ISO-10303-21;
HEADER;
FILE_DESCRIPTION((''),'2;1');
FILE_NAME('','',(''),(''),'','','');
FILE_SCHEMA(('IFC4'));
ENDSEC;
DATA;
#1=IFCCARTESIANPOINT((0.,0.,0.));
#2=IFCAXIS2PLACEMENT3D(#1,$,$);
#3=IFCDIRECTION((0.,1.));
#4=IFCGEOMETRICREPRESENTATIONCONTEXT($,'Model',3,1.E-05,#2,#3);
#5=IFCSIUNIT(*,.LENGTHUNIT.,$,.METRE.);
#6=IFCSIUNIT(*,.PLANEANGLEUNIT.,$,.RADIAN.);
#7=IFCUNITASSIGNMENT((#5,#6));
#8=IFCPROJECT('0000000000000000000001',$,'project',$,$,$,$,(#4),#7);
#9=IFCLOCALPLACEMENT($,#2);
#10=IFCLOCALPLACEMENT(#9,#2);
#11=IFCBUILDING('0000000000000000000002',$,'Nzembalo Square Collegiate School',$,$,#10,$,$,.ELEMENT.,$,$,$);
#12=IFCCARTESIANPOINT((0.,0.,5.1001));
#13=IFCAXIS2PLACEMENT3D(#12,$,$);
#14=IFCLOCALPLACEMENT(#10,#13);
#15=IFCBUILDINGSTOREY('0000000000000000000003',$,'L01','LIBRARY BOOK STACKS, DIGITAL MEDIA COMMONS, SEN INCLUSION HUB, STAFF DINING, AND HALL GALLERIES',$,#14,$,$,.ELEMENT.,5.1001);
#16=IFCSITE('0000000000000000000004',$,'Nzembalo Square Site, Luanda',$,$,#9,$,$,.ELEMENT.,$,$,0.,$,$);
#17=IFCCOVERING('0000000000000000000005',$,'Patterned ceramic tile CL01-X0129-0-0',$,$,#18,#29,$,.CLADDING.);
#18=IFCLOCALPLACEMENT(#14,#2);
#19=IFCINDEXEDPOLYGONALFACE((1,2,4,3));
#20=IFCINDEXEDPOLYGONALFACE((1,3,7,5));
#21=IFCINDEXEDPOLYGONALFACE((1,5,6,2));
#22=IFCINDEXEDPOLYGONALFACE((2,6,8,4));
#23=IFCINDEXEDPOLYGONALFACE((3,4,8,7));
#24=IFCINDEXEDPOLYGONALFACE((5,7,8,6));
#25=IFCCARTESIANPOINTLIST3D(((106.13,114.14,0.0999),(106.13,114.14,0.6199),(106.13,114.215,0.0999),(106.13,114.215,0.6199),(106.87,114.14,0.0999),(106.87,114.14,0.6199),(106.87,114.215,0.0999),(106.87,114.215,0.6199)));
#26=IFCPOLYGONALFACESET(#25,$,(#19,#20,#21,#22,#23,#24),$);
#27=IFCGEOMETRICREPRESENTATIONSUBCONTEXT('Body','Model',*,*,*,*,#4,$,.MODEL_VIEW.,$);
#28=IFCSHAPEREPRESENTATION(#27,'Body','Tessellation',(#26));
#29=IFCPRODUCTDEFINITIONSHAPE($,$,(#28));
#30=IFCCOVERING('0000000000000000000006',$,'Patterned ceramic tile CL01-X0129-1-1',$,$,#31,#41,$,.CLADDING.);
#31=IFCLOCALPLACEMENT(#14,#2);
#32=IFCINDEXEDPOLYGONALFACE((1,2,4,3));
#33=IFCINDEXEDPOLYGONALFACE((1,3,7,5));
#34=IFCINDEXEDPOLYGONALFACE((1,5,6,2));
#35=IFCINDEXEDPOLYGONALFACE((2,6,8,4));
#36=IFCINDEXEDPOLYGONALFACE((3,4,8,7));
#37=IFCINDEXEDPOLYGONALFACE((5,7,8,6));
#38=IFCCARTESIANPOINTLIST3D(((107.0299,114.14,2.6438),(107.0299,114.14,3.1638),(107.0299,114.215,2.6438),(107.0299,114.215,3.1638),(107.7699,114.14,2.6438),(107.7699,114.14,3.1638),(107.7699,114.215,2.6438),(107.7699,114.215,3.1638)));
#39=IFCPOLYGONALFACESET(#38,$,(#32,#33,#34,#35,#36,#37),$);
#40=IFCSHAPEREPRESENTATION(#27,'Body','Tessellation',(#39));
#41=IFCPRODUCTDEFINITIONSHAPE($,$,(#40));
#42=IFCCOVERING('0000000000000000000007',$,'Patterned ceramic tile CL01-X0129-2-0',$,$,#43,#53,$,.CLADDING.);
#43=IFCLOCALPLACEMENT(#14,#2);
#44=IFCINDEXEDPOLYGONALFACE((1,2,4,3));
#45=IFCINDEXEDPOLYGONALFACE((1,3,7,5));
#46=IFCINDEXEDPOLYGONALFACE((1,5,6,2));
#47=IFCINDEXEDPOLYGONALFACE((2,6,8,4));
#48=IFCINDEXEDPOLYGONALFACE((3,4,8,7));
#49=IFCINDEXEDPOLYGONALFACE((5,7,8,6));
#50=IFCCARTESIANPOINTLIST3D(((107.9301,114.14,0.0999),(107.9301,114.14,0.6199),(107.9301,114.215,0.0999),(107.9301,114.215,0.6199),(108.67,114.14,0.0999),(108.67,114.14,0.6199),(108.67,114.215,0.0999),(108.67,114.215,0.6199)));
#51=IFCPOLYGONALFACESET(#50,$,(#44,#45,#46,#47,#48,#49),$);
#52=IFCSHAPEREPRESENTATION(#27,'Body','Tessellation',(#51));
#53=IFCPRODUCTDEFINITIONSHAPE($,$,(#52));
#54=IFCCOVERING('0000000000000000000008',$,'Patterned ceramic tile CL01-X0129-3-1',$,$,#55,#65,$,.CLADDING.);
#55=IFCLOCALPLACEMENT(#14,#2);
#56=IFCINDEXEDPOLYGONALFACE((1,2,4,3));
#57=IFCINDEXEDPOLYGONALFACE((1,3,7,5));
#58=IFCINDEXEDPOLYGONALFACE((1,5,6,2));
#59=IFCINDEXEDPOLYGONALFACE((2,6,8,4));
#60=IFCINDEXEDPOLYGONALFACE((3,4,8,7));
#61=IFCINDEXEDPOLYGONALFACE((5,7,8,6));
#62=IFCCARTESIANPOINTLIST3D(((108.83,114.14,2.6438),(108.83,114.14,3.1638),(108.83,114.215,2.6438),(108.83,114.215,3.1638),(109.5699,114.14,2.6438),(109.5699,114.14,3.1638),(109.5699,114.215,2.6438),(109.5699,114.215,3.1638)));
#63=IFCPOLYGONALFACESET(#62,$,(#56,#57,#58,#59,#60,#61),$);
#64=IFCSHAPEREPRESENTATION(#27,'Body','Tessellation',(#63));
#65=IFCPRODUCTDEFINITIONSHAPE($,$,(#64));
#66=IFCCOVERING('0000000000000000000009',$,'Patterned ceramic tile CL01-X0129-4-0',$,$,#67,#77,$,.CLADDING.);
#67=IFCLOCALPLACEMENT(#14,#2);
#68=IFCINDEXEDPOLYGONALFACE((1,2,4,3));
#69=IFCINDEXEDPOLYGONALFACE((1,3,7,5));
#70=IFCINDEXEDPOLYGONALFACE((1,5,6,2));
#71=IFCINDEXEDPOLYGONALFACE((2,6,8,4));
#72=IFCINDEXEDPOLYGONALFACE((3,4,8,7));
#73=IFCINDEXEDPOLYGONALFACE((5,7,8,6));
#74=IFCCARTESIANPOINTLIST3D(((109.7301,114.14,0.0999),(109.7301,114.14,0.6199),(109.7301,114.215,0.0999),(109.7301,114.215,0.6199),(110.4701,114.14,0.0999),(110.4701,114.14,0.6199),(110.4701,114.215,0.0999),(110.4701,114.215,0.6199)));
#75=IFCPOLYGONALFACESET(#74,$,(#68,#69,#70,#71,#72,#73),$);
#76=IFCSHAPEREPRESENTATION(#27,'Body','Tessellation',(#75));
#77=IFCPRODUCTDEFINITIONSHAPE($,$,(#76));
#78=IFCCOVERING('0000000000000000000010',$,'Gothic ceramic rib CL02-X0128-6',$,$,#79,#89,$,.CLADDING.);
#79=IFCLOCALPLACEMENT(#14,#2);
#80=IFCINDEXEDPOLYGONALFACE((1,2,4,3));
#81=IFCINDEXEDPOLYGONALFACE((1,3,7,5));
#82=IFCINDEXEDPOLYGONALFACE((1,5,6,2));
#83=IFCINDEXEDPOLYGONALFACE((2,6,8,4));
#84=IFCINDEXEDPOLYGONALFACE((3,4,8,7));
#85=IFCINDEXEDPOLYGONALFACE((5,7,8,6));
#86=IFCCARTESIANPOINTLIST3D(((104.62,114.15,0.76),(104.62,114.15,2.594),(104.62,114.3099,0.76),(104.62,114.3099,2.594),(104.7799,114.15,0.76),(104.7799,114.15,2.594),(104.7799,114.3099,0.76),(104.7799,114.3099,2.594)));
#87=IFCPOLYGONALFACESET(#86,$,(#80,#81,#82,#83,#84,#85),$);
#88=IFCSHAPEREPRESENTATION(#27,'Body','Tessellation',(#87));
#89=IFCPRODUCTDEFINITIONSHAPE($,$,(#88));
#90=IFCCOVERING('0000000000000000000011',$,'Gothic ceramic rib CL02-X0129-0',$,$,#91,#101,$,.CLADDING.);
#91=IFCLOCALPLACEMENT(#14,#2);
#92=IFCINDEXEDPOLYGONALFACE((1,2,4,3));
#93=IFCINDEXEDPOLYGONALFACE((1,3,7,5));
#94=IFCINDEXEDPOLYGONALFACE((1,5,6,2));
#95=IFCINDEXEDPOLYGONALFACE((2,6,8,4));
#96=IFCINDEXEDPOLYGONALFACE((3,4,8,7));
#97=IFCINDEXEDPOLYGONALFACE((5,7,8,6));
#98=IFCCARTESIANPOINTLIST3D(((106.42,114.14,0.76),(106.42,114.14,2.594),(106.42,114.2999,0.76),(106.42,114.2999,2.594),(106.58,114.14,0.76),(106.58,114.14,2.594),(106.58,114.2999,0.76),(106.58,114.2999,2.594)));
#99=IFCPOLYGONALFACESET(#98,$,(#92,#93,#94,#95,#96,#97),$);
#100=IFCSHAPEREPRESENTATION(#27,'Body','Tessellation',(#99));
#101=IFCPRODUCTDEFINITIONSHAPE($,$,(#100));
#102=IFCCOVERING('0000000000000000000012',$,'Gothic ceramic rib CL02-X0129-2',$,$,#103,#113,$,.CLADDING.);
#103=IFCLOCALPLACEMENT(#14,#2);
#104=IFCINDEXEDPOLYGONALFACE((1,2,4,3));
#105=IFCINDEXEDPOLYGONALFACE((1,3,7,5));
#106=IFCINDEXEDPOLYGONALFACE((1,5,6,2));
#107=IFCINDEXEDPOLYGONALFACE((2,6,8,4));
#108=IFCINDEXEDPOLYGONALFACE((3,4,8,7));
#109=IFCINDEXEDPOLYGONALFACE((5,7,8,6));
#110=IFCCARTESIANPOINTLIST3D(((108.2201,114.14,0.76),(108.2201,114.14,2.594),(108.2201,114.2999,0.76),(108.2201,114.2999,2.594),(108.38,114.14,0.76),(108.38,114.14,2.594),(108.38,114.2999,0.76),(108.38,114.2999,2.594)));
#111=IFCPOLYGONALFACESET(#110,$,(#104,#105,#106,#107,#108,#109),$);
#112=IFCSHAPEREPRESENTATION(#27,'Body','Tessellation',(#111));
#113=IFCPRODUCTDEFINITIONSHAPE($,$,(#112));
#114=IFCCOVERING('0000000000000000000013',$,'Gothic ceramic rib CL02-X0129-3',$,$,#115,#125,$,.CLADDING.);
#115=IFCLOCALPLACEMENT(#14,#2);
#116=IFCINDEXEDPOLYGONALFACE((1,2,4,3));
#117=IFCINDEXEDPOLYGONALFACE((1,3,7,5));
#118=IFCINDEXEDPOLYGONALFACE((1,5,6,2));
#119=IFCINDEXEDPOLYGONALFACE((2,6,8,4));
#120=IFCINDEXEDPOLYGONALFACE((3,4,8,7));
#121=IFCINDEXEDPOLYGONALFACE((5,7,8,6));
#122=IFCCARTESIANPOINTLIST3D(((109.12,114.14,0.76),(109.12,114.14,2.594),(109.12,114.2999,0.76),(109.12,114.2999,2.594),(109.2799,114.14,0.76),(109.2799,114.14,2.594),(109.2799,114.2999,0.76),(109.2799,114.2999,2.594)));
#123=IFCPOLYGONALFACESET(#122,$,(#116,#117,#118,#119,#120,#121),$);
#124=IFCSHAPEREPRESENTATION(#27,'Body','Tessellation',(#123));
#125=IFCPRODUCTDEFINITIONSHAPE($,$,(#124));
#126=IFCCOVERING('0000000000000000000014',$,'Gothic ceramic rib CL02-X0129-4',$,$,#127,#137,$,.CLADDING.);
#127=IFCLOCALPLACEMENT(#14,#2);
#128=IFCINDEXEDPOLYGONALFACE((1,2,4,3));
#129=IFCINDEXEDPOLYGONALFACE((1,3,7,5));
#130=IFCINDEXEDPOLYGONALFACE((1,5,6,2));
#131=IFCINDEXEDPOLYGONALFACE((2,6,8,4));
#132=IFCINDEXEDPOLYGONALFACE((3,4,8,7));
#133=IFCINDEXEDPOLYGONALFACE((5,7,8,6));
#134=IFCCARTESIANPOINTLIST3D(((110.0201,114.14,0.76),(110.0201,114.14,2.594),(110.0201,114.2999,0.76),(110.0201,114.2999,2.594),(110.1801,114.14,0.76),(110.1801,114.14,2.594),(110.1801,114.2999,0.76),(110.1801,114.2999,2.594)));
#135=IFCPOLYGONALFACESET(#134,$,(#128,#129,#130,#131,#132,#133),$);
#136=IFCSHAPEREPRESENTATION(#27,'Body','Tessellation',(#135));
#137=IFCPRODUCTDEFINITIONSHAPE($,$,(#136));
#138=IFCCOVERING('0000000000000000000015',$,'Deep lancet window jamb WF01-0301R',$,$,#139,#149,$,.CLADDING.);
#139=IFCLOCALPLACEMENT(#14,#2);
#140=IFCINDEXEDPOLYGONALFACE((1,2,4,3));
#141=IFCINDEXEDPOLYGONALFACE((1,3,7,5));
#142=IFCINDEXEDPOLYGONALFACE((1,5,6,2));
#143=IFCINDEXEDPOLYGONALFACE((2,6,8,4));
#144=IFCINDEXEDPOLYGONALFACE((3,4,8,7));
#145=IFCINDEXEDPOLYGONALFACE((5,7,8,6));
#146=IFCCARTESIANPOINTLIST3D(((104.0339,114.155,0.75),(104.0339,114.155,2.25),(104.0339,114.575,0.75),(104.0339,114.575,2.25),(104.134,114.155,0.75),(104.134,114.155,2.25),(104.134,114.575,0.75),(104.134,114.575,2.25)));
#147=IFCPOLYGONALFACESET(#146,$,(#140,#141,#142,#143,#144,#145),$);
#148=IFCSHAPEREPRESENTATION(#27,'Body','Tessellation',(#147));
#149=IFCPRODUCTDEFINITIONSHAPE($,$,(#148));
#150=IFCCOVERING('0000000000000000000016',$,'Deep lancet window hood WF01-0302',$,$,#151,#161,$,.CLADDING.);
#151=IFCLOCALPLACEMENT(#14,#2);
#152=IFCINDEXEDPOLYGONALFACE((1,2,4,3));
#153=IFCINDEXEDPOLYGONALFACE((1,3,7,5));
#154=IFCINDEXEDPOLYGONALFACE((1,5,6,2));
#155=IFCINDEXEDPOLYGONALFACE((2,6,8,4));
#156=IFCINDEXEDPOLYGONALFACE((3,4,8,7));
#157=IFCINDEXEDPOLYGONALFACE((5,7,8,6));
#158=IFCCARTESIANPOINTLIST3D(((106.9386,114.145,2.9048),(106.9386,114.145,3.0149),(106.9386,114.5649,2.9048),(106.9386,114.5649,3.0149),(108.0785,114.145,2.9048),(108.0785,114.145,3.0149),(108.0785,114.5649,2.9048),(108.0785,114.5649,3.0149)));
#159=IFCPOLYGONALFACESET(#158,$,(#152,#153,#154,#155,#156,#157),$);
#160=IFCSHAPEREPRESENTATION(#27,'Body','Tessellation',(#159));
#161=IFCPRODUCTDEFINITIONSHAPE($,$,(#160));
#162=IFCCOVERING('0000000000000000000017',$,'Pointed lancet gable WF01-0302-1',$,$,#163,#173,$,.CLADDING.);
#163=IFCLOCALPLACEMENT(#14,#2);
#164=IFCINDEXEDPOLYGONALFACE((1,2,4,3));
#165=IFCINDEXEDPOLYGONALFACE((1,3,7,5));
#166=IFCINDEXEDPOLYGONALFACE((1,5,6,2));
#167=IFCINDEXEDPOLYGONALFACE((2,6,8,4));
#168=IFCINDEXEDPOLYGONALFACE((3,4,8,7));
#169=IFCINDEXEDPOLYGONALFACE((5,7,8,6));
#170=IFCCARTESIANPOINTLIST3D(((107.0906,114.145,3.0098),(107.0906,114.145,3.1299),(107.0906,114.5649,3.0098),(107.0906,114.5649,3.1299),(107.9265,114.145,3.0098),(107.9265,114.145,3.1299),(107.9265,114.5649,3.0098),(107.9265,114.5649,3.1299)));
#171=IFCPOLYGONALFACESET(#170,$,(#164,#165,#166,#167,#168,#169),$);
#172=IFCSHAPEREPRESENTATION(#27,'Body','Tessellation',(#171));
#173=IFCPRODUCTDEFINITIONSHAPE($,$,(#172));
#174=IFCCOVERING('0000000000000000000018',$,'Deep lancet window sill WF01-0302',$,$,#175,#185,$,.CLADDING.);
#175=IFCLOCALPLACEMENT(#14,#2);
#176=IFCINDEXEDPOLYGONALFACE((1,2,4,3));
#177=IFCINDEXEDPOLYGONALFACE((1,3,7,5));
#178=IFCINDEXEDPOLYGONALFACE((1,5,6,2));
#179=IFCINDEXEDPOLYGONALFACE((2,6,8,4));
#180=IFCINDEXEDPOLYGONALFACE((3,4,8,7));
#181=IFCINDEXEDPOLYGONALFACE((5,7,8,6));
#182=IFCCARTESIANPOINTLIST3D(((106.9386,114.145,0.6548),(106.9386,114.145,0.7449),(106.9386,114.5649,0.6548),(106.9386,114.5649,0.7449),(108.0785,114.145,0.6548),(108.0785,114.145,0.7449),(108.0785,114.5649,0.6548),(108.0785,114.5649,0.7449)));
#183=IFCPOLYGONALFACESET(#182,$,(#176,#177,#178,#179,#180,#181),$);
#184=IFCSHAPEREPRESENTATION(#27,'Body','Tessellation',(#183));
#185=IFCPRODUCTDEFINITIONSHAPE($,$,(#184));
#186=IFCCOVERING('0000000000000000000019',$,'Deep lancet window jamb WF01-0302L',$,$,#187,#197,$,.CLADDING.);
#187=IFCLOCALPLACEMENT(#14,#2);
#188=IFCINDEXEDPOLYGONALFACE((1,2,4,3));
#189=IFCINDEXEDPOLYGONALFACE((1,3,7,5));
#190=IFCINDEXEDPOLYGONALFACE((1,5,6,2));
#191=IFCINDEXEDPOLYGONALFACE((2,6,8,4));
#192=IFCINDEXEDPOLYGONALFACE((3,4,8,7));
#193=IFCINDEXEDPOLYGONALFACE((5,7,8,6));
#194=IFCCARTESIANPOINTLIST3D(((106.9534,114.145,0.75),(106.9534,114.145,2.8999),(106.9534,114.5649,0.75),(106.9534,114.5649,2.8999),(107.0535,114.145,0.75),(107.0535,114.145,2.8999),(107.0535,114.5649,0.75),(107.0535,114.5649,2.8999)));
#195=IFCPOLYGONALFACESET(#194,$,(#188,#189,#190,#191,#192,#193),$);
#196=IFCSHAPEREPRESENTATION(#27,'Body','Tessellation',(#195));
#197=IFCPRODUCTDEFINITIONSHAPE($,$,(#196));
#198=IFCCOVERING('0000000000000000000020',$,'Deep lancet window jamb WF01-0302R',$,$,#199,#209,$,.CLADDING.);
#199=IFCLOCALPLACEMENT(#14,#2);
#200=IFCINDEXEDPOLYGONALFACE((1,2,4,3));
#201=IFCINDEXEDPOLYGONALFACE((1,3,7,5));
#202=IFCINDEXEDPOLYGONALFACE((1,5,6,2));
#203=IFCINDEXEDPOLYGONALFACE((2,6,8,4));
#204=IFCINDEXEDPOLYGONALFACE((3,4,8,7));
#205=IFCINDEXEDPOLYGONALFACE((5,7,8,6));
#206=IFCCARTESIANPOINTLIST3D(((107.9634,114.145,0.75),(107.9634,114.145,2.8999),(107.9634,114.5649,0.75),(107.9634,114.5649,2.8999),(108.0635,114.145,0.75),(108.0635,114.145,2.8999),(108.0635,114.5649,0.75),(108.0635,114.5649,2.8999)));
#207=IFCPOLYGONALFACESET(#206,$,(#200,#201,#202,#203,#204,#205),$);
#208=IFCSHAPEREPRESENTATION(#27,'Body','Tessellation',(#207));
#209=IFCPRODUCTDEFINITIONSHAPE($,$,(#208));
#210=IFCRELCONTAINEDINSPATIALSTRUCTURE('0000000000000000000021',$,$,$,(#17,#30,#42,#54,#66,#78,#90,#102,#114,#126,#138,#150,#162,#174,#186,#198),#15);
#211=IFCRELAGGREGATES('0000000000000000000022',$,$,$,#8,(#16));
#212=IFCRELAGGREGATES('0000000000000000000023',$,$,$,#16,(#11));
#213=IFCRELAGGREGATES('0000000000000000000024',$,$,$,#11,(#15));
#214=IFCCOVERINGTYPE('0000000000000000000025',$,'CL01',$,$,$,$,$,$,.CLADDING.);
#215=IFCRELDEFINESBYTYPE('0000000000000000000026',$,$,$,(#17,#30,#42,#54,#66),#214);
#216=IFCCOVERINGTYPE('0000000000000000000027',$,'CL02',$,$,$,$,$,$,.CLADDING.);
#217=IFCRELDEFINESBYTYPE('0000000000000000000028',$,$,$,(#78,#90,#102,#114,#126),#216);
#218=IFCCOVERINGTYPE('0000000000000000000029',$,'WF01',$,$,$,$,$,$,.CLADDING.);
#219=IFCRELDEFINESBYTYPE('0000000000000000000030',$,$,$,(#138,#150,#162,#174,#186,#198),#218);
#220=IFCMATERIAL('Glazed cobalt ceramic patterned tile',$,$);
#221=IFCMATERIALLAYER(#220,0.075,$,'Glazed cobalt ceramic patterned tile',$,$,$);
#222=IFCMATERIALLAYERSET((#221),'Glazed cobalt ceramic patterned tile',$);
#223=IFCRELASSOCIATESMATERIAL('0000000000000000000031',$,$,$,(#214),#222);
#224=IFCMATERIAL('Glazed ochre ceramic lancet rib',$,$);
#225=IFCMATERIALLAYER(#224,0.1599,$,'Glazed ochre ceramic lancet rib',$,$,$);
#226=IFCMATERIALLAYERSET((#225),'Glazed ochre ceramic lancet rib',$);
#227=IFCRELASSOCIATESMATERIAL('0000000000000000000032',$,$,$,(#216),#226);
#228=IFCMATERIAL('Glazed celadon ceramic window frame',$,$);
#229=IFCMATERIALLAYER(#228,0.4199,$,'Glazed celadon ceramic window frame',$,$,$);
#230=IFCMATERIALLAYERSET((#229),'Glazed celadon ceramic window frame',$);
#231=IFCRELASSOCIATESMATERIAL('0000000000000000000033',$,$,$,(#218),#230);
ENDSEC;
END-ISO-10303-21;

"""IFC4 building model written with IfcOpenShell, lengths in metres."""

from ifc_helpers import new_model, si_unit, direction, frame, origin, origin_2d, place, context, subcontext, project, spatial, rectangle, extrude, material, layer, layer_set, type_object, element, save


model = new_model("IFC4")

# Units and contexts
model_context = context("Model", 3, precision=1e-05, world=origin(), true_north=direction((0.0, 1.0)))
body_context = subcontext(model_context, "Body", "Model", "MODEL_VIEW")
ifc_project = project(units=[si_unit("LENGTHUNIT", "METRE"), si_unit("PLANEANGLEUNIT", "RADIAN")], contexts=[model_context])

# Site, building, storey
site_placement = place(None, origin())
site = spatial("IfcSite", under=ifc_project, at=site_placement, Name="Nzembalo Square Site, Luanda", CompositionType="ELEMENT", RefElevation=0.0)
building_placement = place(site_placement, origin())
building = spatial("IfcBuilding", under=site, at=building_placement, Name="Nzembalo Square Collegiate School", CompositionType="ELEMENT")
storey_placement = place(building_placement, frame((0.0, 0.0, 5.1001)))
storey = spatial("IfcBuildingStorey", under=building, at=storey_placement, Name="L01", Description="LIBRARY BOOK STACKS, DIGITAL MEDIA COMMONS, SEN INCLUSION HUB, STAFF DINING, AND HALL GALLERIES", CompositionType="ELEMENT", Elevation=5.1001)

# Coverings
ifc_material_1 = material(Name="Glazed cobalt ceramic patterned tile")
ifc_layer_1 = layer(ifc_material_1, 0.075, Name="Glazed cobalt ceramic patterned tile")
ifc_layer_set_1 = layer_set([ifc_layer_1], Name="Glazed cobalt ceramic patterned tile")
covering_type_1 = type_object("IfcCoveringType", Name="CL01", PredefinedType="CLADDING", material=ifc_layer_set_1)
for number, where, z_axis, x_axis, name in (
    (1, (106.5, 114.1775, 0.0999), (0.0, 0.0, 1.0), (1.0, 0.0, 0.0), "Patterned ceramic tile CL01-X0129-0-0"),
    (2, (107.3999, 114.1775, 2.6438), (0.0, 0.0, 1.0), (1.0, 0.0, 0.0), "Patterned ceramic tile CL01-X0129-1-1"),
    (3, (108.3, 114.1775, 0.0999), (0.0, 0.0, 1.0), (1.0, 0.0, 0.0), "Patterned ceramic tile CL01-X0129-2-0"),
    (4, (109.2, 114.1775, 2.6438), (0.0, 0.0, 1.0), (1.0, 0.0, 0.0), "Patterned ceramic tile CL01-X0129-3-1"),
    (5, (110.1001, 114.1775, 0.0999), (0.0, 0.0, 1.0), (1.0, 0.0, 0.0), "Patterned ceramic tile CL01-X0129-4-0"),
):
    element("IfcCovering", number, at=place(storey_placement, frame(where, z_axis=z_axis, x_axis=x_axis)), inside=storey, type_object=covering_type_1, Name=name, PredefinedType="CLADDING", context=body_context, shape_type="SweptSolid", body=[
        extrude(rectangle(XDim=0.74, YDim=0.075, at=origin_2d()), origin(), (0.0, 0.0, 1.0), 0.52),
    ])
ifc_material_2 = material(Name="Glazed ochre ceramic lancet rib")
ifc_layer_2 = layer(ifc_material_2, 0.1599, Name="Glazed ochre ceramic lancet rib")
ifc_layer_set_2 = layer_set([ifc_layer_2], Name="Glazed ochre ceramic lancet rib")
covering_type_2 = type_object("IfcCoveringType", Name="CL02", PredefinedType="CLADDING", material=ifc_layer_set_2)
for number, where, z_axis, x_axis, name in (
    (6, (104.7, 114.23, 0.76), (0.0, 0.0, 1.0), (1.0, 0.0, 0.0), "Gothic ceramic rib CL02-X0128-6"),
    (7, (106.5, 114.22, 0.76), (0.0, 0.0, 1.0), (1.0, 0.0, 0.0), "Gothic ceramic rib CL02-X0129-0"),
    (8, (108.3, 114.22, 0.76), (0.0, 0.0, 1.0), (1.0, 0.0, 0.0), "Gothic ceramic rib CL02-X0129-2"),
    (9, (109.2, 114.22, 0.76), (0.0, 0.0, 1.0), (1.0, 0.0, 0.0), "Gothic ceramic rib CL02-X0129-3"),
    (10, (110.1001, 114.22, 0.76), (0.0, 0.0, 1.0), (1.0, 0.0, 0.0), "Gothic ceramic rib CL02-X0129-4"),
):
    element("IfcCovering", number, at=place(storey_placement, frame(where, z_axis=z_axis, x_axis=x_axis)), inside=storey, type_object=covering_type_2, Name=name, PredefinedType="CLADDING", context=body_context, shape_type="SweptSolid", body=[
        extrude(rectangle(XDim=0.1599, YDim=0.1599, at=origin_2d()), origin(), (0.0, 0.0, 1.0), 1.834),
    ])
ifc_material_3 = material(Name="Glazed celadon ceramic window frame")
ifc_layer_3 = layer(ifc_material_3, 0.4199, Name="Glazed celadon ceramic window frame")
ifc_layer_set_3 = layer_set([ifc_layer_3], Name="Glazed celadon ceramic window frame")
covering_type_3 = type_object("IfcCoveringType", Name="WF01", PredefinedType="CLADDING", material=ifc_layer_set_3)
covering_1_placement = place(storey_placement, frame((104.084, 114.365, 0.75), z_axis=(0.0, 0.0, 1.0), x_axis=(1.0, 0.0, 0.0)))
element("IfcCovering", 11, at=covering_1_placement, inside=storey, type_object=covering_type_3, Name="Deep lancet window jamb WF01-0301R", PredefinedType="CLADDING", context=body_context, shape_type="SweptSolid", body=[
    extrude(rectangle(XDim=0.1001, YDim=0.4199, at=origin_2d()), origin(), (0.0, 0.0, 1.0), 1.5),
])
covering_2_placement = place(storey_placement, frame((107.5085, 114.355, 2.9048), z_axis=(0.0, 0.0, 1.0), x_axis=(1.0, 0.0, 0.0)))
element("IfcCovering", 12, at=covering_2_placement, inside=storey, type_object=covering_type_3, Name="Deep lancet window hood WF01-0302", PredefinedType="CLADDING", context=body_context, shape_type="SweptSolid", body=[
    extrude(rectangle(XDim=1.1399, YDim=0.4199, at=origin_2d()), origin(), (0.0, 0.0, 1.0), 0.1101),
])
covering_3_placement = place(storey_placement, frame((107.5085, 114.355, 3.0098), z_axis=(0.0, 0.0, 1.0), x_axis=(1.0, 0.0, 0.0)))
element("IfcCovering", 13, at=covering_3_placement, inside=storey, type_object=covering_type_3, Name="Pointed lancet gable WF01-0302-1", PredefinedType="CLADDING", context=body_context, shape_type="SweptSolid", body=[
    extrude(rectangle(XDim=0.8359, YDim=0.4199, at=origin_2d()), origin(), (0.0, 0.0, 1.0), 0.1201),
])
covering_4_placement = place(storey_placement, frame((107.5085, 114.355, 0.6548), z_axis=(0.0, 0.0, 1.0), x_axis=(1.0, 0.0, 0.0)))
element("IfcCovering", 14, at=covering_4_placement, inside=storey, type_object=covering_type_3, Name="Deep lancet window sill WF01-0302", PredefinedType="CLADDING", context=body_context, shape_type="SweptSolid", body=[
    extrude(rectangle(XDim=1.1399, YDim=0.4199, at=origin_2d()), origin(), (0.0, 0.0, 1.0), 0.0901),
])
for number, where, z_axis, x_axis, name in (
    (15, (107.0034, 114.355, 0.75), (0.0, 0.0, 1.0), (1.0, 0.0, 0.0), "Deep lancet window jamb WF01-0302L"),
    (16, (108.0134, 114.355, 0.75), (0.0, 0.0, 1.0), (1.0, 0.0, 0.0), "Deep lancet window jamb WF01-0302R"),
):
    element("IfcCovering", number, at=place(storey_placement, frame(where, z_axis=z_axis, x_axis=x_axis)), inside=storey, type_object=covering_type_3, Name=name, PredefinedType="CLADDING", context=body_context, shape_type="SweptSolid", body=[
        extrude(rectangle(XDim=0.1001, YDim=0.4199, at=origin_2d()), origin(), (0.0, 0.0, 1.0), 2.1499),
    ])

save(model, "model.ifc")
